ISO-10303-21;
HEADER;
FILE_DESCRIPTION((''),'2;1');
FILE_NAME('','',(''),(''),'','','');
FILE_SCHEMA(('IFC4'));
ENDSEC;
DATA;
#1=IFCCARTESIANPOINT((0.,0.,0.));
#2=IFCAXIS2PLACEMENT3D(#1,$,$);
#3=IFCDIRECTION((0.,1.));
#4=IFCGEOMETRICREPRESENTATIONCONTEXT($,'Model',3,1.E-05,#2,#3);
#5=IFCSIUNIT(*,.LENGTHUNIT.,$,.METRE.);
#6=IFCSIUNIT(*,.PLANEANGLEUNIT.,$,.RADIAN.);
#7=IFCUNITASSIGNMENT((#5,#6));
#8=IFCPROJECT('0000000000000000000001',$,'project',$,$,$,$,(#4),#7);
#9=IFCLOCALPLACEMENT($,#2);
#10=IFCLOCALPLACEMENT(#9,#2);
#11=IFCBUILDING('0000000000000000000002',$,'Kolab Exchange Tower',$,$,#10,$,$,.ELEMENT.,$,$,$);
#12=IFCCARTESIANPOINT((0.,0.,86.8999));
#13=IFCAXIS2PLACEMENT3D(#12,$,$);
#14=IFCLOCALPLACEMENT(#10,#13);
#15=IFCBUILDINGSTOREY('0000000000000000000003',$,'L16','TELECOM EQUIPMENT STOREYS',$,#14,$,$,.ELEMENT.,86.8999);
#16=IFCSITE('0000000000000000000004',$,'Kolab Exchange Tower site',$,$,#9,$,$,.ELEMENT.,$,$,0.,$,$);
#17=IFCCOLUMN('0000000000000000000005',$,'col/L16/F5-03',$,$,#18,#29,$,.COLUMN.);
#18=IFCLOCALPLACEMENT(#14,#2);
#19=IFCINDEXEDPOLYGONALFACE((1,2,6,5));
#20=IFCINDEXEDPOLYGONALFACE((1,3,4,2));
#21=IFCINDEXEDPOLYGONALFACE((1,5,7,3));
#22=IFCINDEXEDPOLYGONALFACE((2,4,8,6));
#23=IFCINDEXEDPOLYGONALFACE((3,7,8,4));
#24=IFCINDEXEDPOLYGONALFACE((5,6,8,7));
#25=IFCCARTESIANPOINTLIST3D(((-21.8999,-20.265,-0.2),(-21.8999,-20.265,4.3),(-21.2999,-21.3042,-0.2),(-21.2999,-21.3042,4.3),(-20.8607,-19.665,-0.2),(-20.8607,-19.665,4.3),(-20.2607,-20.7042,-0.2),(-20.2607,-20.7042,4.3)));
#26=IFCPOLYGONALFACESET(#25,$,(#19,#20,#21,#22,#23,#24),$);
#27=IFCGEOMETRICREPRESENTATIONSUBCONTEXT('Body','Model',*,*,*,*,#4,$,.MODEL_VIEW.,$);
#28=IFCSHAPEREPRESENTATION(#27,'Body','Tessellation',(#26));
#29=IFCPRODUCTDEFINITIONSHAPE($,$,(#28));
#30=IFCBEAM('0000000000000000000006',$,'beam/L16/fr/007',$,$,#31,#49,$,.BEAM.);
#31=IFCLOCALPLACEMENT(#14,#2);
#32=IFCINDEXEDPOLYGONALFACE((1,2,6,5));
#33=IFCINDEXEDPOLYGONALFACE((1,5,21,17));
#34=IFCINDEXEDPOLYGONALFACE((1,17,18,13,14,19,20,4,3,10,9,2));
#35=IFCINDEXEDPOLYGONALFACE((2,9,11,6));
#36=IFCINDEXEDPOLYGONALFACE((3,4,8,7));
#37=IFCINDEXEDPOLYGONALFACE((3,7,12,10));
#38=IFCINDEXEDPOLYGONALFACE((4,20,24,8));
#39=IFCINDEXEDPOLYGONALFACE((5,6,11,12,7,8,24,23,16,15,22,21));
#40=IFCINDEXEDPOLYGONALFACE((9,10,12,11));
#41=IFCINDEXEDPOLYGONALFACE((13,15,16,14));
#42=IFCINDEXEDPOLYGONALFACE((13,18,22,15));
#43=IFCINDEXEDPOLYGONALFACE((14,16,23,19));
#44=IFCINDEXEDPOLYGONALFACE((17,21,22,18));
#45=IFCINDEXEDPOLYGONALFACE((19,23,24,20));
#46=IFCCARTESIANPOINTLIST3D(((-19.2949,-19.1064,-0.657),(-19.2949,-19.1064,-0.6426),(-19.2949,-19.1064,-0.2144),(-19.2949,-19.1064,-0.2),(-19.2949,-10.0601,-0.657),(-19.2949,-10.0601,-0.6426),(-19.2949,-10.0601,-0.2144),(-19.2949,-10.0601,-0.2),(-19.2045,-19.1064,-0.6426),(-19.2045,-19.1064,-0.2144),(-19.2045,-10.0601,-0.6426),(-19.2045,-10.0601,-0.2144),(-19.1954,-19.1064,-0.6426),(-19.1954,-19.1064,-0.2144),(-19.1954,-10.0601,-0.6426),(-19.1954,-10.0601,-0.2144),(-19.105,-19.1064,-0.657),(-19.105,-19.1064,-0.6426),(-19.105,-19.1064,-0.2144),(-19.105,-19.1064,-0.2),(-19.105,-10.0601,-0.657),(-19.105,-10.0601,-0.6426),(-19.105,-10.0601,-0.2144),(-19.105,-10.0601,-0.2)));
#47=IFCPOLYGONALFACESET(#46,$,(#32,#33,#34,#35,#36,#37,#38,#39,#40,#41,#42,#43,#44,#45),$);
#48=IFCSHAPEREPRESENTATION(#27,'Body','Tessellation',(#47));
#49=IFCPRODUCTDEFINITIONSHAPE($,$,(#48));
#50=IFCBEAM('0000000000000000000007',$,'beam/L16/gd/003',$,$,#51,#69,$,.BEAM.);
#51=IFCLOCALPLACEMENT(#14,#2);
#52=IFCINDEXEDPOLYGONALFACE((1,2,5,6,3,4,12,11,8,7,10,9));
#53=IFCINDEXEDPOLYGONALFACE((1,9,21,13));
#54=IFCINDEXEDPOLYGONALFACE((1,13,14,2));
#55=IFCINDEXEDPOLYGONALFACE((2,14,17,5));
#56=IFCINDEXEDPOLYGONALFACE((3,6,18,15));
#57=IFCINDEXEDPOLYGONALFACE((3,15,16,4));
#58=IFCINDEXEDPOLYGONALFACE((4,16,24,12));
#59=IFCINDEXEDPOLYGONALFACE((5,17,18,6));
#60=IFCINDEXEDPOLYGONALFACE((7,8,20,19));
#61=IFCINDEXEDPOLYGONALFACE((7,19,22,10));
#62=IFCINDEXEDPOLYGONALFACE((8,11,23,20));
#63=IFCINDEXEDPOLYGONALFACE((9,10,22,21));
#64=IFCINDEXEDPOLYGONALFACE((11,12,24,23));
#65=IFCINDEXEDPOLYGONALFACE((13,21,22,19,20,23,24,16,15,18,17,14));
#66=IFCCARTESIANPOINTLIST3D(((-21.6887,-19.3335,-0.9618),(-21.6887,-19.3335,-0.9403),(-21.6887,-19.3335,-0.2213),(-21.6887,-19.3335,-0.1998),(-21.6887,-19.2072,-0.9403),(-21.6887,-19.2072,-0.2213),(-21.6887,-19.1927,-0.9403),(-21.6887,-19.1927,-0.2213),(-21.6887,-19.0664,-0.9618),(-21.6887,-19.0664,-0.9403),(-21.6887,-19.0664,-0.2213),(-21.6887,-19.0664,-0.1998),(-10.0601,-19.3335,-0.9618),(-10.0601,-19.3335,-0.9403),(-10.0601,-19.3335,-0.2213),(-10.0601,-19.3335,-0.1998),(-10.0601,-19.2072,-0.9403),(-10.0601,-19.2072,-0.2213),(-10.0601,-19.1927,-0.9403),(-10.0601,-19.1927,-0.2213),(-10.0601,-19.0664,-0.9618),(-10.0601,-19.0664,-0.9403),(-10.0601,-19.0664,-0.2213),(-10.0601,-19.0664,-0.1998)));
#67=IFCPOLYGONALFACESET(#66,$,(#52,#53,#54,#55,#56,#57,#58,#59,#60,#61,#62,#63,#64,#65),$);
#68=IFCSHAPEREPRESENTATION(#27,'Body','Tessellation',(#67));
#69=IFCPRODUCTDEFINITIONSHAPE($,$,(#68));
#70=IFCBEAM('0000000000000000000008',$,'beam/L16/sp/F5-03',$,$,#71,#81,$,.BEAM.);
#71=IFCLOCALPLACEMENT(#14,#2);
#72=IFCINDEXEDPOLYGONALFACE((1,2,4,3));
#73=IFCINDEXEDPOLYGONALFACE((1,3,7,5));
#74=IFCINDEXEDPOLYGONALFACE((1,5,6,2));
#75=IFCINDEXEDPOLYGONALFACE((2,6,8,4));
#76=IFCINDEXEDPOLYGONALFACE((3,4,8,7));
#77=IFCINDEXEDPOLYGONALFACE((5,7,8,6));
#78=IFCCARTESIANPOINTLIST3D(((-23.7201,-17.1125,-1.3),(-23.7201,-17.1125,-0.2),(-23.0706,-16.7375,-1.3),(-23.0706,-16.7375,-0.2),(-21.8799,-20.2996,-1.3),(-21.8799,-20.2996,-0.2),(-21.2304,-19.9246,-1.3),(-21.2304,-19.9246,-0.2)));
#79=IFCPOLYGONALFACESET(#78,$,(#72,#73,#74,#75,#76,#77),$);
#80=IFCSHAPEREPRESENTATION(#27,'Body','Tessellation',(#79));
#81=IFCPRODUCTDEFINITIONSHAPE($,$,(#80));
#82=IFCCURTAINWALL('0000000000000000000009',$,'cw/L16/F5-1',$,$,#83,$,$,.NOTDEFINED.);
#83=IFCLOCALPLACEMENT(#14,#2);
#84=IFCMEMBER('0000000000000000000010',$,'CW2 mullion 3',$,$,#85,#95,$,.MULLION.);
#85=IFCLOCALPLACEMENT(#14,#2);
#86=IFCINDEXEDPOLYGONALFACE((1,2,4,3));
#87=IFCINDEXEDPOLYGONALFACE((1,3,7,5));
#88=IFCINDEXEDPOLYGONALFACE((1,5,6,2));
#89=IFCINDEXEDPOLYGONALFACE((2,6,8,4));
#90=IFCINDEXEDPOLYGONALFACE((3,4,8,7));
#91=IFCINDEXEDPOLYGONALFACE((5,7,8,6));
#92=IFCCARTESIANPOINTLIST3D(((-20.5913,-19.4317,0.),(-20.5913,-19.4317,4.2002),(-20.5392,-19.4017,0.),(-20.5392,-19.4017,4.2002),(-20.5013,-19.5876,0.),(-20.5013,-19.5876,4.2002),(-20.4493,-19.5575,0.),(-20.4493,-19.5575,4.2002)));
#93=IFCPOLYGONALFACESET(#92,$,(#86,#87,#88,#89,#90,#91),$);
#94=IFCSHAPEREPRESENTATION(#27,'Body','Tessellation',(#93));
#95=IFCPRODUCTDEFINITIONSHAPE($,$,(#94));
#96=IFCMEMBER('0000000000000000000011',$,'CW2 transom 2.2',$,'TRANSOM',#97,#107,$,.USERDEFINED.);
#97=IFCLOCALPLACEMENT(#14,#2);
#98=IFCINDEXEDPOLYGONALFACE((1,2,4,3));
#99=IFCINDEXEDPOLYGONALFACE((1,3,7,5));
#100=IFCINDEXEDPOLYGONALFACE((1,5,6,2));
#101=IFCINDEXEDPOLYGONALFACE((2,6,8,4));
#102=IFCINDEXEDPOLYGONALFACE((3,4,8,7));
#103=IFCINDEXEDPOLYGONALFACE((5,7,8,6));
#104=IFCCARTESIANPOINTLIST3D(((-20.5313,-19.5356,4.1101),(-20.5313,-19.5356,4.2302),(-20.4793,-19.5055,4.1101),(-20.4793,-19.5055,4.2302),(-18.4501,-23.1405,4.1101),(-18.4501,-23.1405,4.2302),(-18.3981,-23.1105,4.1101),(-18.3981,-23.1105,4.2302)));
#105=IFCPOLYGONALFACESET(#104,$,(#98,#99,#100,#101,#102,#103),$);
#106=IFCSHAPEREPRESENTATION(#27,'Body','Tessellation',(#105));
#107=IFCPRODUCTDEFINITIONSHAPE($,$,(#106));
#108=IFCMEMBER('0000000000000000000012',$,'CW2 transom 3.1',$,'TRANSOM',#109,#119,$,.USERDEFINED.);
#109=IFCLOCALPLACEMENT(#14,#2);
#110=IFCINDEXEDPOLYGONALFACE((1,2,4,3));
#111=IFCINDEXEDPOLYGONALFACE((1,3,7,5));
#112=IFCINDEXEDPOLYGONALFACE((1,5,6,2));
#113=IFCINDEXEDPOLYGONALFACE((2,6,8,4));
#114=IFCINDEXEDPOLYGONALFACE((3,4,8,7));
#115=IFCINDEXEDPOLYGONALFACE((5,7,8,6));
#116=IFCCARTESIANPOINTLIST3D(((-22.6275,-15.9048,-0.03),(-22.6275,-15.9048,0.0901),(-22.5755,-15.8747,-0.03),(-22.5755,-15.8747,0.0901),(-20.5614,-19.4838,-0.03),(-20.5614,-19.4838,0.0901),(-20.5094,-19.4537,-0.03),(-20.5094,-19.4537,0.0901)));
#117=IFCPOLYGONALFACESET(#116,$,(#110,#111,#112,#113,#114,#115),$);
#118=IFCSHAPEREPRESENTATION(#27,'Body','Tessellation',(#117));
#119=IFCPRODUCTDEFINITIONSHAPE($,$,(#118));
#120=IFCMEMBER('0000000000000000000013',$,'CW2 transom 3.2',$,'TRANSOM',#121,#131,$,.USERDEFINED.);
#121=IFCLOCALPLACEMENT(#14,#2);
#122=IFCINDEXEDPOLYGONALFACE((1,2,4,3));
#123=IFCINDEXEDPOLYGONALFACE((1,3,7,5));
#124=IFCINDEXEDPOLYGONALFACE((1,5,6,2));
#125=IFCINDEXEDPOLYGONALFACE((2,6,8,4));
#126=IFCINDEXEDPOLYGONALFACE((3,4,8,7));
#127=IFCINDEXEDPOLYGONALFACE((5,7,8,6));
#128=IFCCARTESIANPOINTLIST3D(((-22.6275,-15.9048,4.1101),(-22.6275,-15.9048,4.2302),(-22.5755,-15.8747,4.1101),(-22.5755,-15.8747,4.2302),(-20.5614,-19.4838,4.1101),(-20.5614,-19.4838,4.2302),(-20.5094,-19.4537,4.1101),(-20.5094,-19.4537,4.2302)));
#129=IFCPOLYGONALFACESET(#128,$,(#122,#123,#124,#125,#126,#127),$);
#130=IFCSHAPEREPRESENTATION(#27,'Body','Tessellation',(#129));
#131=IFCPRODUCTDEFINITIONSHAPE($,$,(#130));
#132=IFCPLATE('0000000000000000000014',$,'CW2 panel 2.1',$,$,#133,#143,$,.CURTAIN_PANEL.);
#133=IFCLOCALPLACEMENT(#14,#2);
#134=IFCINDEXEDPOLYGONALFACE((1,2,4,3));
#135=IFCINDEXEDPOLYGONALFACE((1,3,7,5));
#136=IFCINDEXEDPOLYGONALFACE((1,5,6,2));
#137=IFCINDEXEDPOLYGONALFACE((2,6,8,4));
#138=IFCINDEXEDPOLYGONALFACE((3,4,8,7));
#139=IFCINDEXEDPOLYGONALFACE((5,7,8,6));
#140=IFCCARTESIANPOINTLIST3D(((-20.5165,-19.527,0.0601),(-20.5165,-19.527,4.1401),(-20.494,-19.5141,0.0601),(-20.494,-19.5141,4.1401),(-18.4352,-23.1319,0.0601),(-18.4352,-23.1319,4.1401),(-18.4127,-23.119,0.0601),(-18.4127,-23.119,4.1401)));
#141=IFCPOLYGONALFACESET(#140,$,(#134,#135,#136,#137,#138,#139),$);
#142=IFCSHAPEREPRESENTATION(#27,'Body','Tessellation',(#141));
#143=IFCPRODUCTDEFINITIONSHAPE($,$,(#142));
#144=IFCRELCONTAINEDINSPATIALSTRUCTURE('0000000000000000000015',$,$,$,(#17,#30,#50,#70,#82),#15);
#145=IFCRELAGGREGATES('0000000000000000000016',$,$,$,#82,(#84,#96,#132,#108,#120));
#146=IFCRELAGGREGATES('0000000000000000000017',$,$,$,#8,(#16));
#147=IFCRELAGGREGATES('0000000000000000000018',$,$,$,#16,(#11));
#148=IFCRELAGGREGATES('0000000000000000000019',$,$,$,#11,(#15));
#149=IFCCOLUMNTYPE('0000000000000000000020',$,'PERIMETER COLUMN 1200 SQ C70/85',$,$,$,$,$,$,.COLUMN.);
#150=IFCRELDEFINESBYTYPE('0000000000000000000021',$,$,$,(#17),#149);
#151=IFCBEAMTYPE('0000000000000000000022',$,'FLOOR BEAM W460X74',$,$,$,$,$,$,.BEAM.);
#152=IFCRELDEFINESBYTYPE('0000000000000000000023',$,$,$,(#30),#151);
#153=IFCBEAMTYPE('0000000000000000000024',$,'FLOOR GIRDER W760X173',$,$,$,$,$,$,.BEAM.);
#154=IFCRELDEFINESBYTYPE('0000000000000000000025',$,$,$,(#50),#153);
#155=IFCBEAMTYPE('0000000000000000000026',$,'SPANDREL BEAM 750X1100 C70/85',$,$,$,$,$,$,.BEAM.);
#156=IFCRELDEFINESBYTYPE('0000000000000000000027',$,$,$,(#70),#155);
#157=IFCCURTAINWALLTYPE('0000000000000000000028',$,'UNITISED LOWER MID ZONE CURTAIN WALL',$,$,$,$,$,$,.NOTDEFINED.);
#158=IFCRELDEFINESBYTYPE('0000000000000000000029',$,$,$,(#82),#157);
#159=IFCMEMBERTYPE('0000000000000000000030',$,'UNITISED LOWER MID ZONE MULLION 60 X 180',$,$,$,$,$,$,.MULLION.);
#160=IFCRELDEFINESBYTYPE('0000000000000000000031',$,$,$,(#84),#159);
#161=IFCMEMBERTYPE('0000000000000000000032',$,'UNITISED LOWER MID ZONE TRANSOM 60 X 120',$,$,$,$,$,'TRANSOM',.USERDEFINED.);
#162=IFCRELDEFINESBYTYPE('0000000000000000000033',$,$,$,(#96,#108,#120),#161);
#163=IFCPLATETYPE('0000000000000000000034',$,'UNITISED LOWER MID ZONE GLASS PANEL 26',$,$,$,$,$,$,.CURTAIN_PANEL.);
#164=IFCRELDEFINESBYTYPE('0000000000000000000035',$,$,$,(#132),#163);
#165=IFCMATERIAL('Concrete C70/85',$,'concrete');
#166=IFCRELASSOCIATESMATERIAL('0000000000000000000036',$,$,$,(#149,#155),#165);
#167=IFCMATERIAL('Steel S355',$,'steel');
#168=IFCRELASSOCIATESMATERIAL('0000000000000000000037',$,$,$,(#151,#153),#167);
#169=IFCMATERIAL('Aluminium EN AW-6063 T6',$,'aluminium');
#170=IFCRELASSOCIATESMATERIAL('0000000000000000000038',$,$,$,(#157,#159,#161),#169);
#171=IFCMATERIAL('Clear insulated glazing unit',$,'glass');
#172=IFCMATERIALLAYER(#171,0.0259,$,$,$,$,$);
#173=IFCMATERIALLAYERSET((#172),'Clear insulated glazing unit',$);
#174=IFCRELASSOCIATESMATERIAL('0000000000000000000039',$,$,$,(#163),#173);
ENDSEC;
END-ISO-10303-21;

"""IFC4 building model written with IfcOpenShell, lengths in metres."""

from ifc_helpers import new_model, si_unit, direction, frame, origin, origin_2d, place, context, subcontext, project, spatial, rectangle, i_section, extrude, material, layer, layer_set, material_profile, profile_set, type_object, element, aggregate, save


model = new_model("IFC4")

# Units and contexts
model_context = context("Model", 3, precision=1e-05, world=origin(), true_north=direction((0.0, 1.0)))
body_context = subcontext(model_context, "Body", "Model", "MODEL_VIEW")
ifc_project = project(units=[si_unit("LENGTHUNIT", "METRE"), si_unit("PLANEANGLEUNIT", "RADIAN")], contexts=[model_context])

# Site, building, storey
site_placement = place(None, origin())
site = spatial("IfcSite", under=ifc_project, at=site_placement, Name="Kolab Exchange Tower site", CompositionType="ELEMENT", RefElevation=0.0)
building_placement = place(site_placement, origin())
building = spatial("IfcBuilding", under=site, at=building_placement, Name="Kolab Exchange Tower", CompositionType="ELEMENT")
storey_placement = place(building_placement, frame((0.0, 0.0, 86.8999)))
storey = spatial("IfcBuildingStorey", under=building, at=storey_placement, Name="L16", Description="TELECOM EQUIPMENT STOREYS", CompositionType="ELEMENT", Elevation=86.8999)

# Column
ifc_material_1 = material(Name="Concrete C70/85", Category="concrete")
ifc_material_profile_1 = material_profile(ifc_material_1, rectangle(XDim=1.2, YDim=1.2, at=origin_2d()), Name="RC1200")
ifc_profile_set_1 = profile_set([ifc_material_profile_1], Name="Concrete C70/85")
column_type = type_object("IfcColumnType", Name="PERIMETER COLUMN 1200 SQ C70/85", PredefinedType="COLUMN", material=ifc_profile_set_1)
column_placement = place(storey_placement, frame((-21.0803, -20.4846, -0.2), z_axis=(0.0, 0.0, 1.0), x_axis=(0.866025, 0.5, 0.0)))
element("IfcColumn", 1, at=column_placement, inside=storey, type_object=column_type, Name="col/L16/F5-03", PredefinedType="COLUMN", context=body_context, shape_type="SweptSolid", body=[
    extrude(rectangle(XDim=1.2, YDim=1.2, at=origin_2d()), origin(), (0.0, 0.0, 1.0), 4.5),
])

# Beams
ifc_material_2 = material(Name="Steel S355", Category="steel")
ifc_material_profile_2 = material_profile(ifc_material_2, i_section(OverallWidth=0.1899, OverallDepth=0.457, WebThickness=0.009, FlangeThickness=0.0144, at=origin_2d()), Name="W460X74")
ifc_profile_set_2 = profile_set([ifc_material_profile_2], Name="Steel S355")
beam_type_1 = type_object("IfcBeamType", Name="FLOOR BEAM W460X74", PredefinedType="BEAM", material=ifc_profile_set_2)
beam_1_placement = place(storey_placement, frame((-19.2, -19.1064, -0.4285), z_axis=(0.0, 1.0, 0.0), x_axis=(-1.0, 0.0, 0.0)))
element("IfcBeam", 2, at=beam_1_placement, inside=storey, type_object=beam_type_1, Name="beam/L16/fr/007", PredefinedType="BEAM", context=body_context, shape_type="SweptSolid", body=[
    extrude(i_section(OverallWidth=0.1899, OverallDepth=0.457, WebThickness=0.009, FlangeThickness=0.0144, at=origin_2d()), origin(), (0.0, 0.0, 1.0), 9.0464),
])
ifc_material_profile_3 = material_profile(ifc_material_2, i_section(OverallWidth=0.2671, OverallDepth=0.762, WebThickness=0.0144, FlangeThickness=0.0215, at=origin_2d()), Name="W760X173")
ifc_profile_set_3 = profile_set([ifc_material_profile_3], Name="Steel S355")
beam_type_2 = type_object("IfcBeamType", Name="FLOOR GIRDER W760X173", PredefinedType="BEAM", material=ifc_profile_set_3)
beam_2_placement = place(storey_placement, frame((-21.6887, -19.2, -0.5808), z_axis=(1.0, 0.0, 0.0), x_axis=(0.0, 1.0, 0.0)))
element("IfcBeam", 3, at=beam_2_placement, inside=storey, type_object=beam_type_2, Name="beam/L16/gd/003", PredefinedType="BEAM", context=body_context, shape_type="SweptSolid", body=[
    extrude(i_section(OverallWidth=0.2671, OverallDepth=0.762, WebThickness=0.0144, FlangeThickness=0.0215, at=origin_2d()), origin(), (0.0, 0.0, 1.0), 11.6287),
])
ifc_material_profile_4 = material_profile(ifc_material_1, rectangle(XDim=0.75, YDim=1.1001, at=origin_2d()), Name="RC750X1100")
ifc_profile_set_4 = profile_set([ifc_material_profile_4], Name="Concrete C70/85")
beam_type_3 = type_object("IfcBeamType", Name="SPANDREL BEAM 750X1100 C70/85", PredefinedType="BEAM", material=ifc_profile_set_4)
beam_3_placement = place(storey_placement, frame((-21.5552, -20.1121, -0.75), z_axis=(-0.500013, 0.866018, 0.0), x_axis=(-0.866018, -0.500013, 0.0)))
element("IfcBeam", 4, at=beam_3_placement, inside=storey, type_object=beam_type_3, Name="beam/L16/sp/F5-03", PredefinedType="BEAM", context=body_context, shape_type="SweptSolid", body=[
    extrude(rectangle(XDim=0.75, YDim=1.1001, at=origin_2d()), origin(), (0.0, 0.0, 1.0), 3.6802),
])

# Curtain wall, members, plate
ifc_material_3 = material(Name="Aluminium EN AW-6063 T6", Category="aluminium")
curtain_wall_type = type_object("IfcCurtainWallType", Name="UNITISED LOWER MID ZONE CURTAIN WALL", PredefinedType="NOTDEFINED", material=ifc_material_3)
curtain_wall_placement = place(storey_placement, origin())
curtain_wall = element("IfcCurtainWall", 5, at=curtain_wall_placement, inside=storey, type_object=curtain_wall_type, Name="cw/L16/F5-1", PredefinedType="NOTDEFINED")
ifc_material_profile_5 = material_profile(ifc_material_3, rectangle(XDim=0.0601, YDim=0.1799, at=origin_2d()), Name="RECT 60X180")
ifc_profile_set_5 = profile_set([ifc_material_profile_5], Name="Aluminium EN AW-6063 T6")
member_type_1 = type_object("IfcMemberType", Name="UNITISED LOWER MID ZONE MULLION 60 X 180", PredefinedType="MULLION", material=ifc_profile_set_5)
member_1_placement = place(storey_placement, frame((-20.5203, -19.4946, 0.0), z_axis=(0.0, 0.0, 1.0), x_axis=(-0.866025, -0.5, 0.0)))
member_1 = element("IfcMember", 6, at=member_1_placement, type_object=member_type_1, Name="CW2 mullion 3", PredefinedType="MULLION", context=body_context, shape_type="SweptSolid", body=[
    extrude(rectangle(XDim=0.0601, YDim=0.1799, at=origin_2d()), origin(), (0.0, 0.0, 1.0), 4.2002),
])
ifc_material_profile_6 = material_profile(ifc_material_3, rectangle(XDim=0.0601, YDim=0.1201, at=origin_2d()), Name="RECT 60X120")
ifc_profile_set_6 = profile_set([ifc_material_profile_6], Name="Aluminium EN AW-6063 T6")
member_type_2 = type_object("IfcMemberType", Name="UNITISED LOWER MID ZONE TRANSOM 60 X 120", ElementType="TRANSOM", PredefinedType="USERDEFINED", material=ifc_profile_set_6)
member_2_placement = place(storey_placement, frame((-18.4241, -23.1255, 4.1702), z_axis=(-0.499993, 0.866029, 0.0), x_axis=(-0.866029, -0.499993, 0.0)))
member_2 = element("IfcMember", 7, at=member_2_placement, type_object=member_type_2, Name="CW2 transom 2.2", ObjectType="TRANSOM", PredefinedType="USERDEFINED", context=body_context, shape_type="SweptSolid", body=[
    extrude(rectangle(XDim=0.0601, YDim=0.1201, at=origin_2d()), origin(), (0.0, 0.0, 1.0), 4.1626),
])
member_3_placement = place(storey_placement, frame((-20.5354, -19.4688, 0.03), z_axis=(-0.499958, 0.86605, 0.0), x_axis=(-0.86605, -0.499958, 0.0)))
member_3 = element("IfcMember", 8, at=member_3_placement, type_object=member_type_2, Name="CW2 transom 3.1", ObjectType="TRANSOM", PredefinedType="USERDEFINED", context=body_context, shape_type="SweptSolid", body=[
    extrude(rectangle(XDim=0.0601, YDim=0.1201, at=origin_2d()), origin(), (0.0, 0.0, 1.0), 4.1326),
])
member_4_placement = place(storey_placement, frame((-20.5354, -19.4688, 4.1702), z_axis=(-0.499958, 0.86605, 0.0), x_axis=(-0.86605, -0.499958, 0.0)))
member_4 = element("IfcMember", 9, at=member_4_placement, type_object=member_type_2, Name="CW2 transom 3.2", ObjectType="TRANSOM", PredefinedType="USERDEFINED", context=body_context, shape_type="SweptSolid", body=[
    extrude(rectangle(XDim=0.0601, YDim=0.1201, at=origin_2d()), origin(), (0.0, 0.0, 1.0), 4.1326),
])
ifc_material_4 = material(Name="Clear insulated glazing unit", Category="glass")
ifc_layer = layer(ifc_material_4, 0.0259)
ifc_layer_set = layer_set([ifc_layer], Name="Clear insulated glazing unit")
plate_type = type_object("IfcPlateType", Name="UNITISED LOWER MID ZONE GLASS PANEL 26", PredefinedType="CURTAIN_PANEL", material=ifc_layer_set)
plate_placement = place(storey_placement, frame((-19.4646, -21.323, 0.0601), z_axis=(0.0, 0.0, 1.0), x_axis=(-0.5, 0.866025, 0.0)))
plate = element("IfcPlate", 10, at=plate_placement, type_object=plate_type, Name="CW2 panel 2.1", PredefinedType="CURTAIN_PANEL", context=body_context, shape_type="SweptSolid", body=[
    extrude(rectangle(XDim=4.1626, YDim=0.0259, at=origin_2d()), origin(), (0.0, 0.0, 1.0), 4.0801),
])
aggregate(curtain_wall, [member_1, member_2, plate, member_3, member_4])

save(model, "model.ifc")
